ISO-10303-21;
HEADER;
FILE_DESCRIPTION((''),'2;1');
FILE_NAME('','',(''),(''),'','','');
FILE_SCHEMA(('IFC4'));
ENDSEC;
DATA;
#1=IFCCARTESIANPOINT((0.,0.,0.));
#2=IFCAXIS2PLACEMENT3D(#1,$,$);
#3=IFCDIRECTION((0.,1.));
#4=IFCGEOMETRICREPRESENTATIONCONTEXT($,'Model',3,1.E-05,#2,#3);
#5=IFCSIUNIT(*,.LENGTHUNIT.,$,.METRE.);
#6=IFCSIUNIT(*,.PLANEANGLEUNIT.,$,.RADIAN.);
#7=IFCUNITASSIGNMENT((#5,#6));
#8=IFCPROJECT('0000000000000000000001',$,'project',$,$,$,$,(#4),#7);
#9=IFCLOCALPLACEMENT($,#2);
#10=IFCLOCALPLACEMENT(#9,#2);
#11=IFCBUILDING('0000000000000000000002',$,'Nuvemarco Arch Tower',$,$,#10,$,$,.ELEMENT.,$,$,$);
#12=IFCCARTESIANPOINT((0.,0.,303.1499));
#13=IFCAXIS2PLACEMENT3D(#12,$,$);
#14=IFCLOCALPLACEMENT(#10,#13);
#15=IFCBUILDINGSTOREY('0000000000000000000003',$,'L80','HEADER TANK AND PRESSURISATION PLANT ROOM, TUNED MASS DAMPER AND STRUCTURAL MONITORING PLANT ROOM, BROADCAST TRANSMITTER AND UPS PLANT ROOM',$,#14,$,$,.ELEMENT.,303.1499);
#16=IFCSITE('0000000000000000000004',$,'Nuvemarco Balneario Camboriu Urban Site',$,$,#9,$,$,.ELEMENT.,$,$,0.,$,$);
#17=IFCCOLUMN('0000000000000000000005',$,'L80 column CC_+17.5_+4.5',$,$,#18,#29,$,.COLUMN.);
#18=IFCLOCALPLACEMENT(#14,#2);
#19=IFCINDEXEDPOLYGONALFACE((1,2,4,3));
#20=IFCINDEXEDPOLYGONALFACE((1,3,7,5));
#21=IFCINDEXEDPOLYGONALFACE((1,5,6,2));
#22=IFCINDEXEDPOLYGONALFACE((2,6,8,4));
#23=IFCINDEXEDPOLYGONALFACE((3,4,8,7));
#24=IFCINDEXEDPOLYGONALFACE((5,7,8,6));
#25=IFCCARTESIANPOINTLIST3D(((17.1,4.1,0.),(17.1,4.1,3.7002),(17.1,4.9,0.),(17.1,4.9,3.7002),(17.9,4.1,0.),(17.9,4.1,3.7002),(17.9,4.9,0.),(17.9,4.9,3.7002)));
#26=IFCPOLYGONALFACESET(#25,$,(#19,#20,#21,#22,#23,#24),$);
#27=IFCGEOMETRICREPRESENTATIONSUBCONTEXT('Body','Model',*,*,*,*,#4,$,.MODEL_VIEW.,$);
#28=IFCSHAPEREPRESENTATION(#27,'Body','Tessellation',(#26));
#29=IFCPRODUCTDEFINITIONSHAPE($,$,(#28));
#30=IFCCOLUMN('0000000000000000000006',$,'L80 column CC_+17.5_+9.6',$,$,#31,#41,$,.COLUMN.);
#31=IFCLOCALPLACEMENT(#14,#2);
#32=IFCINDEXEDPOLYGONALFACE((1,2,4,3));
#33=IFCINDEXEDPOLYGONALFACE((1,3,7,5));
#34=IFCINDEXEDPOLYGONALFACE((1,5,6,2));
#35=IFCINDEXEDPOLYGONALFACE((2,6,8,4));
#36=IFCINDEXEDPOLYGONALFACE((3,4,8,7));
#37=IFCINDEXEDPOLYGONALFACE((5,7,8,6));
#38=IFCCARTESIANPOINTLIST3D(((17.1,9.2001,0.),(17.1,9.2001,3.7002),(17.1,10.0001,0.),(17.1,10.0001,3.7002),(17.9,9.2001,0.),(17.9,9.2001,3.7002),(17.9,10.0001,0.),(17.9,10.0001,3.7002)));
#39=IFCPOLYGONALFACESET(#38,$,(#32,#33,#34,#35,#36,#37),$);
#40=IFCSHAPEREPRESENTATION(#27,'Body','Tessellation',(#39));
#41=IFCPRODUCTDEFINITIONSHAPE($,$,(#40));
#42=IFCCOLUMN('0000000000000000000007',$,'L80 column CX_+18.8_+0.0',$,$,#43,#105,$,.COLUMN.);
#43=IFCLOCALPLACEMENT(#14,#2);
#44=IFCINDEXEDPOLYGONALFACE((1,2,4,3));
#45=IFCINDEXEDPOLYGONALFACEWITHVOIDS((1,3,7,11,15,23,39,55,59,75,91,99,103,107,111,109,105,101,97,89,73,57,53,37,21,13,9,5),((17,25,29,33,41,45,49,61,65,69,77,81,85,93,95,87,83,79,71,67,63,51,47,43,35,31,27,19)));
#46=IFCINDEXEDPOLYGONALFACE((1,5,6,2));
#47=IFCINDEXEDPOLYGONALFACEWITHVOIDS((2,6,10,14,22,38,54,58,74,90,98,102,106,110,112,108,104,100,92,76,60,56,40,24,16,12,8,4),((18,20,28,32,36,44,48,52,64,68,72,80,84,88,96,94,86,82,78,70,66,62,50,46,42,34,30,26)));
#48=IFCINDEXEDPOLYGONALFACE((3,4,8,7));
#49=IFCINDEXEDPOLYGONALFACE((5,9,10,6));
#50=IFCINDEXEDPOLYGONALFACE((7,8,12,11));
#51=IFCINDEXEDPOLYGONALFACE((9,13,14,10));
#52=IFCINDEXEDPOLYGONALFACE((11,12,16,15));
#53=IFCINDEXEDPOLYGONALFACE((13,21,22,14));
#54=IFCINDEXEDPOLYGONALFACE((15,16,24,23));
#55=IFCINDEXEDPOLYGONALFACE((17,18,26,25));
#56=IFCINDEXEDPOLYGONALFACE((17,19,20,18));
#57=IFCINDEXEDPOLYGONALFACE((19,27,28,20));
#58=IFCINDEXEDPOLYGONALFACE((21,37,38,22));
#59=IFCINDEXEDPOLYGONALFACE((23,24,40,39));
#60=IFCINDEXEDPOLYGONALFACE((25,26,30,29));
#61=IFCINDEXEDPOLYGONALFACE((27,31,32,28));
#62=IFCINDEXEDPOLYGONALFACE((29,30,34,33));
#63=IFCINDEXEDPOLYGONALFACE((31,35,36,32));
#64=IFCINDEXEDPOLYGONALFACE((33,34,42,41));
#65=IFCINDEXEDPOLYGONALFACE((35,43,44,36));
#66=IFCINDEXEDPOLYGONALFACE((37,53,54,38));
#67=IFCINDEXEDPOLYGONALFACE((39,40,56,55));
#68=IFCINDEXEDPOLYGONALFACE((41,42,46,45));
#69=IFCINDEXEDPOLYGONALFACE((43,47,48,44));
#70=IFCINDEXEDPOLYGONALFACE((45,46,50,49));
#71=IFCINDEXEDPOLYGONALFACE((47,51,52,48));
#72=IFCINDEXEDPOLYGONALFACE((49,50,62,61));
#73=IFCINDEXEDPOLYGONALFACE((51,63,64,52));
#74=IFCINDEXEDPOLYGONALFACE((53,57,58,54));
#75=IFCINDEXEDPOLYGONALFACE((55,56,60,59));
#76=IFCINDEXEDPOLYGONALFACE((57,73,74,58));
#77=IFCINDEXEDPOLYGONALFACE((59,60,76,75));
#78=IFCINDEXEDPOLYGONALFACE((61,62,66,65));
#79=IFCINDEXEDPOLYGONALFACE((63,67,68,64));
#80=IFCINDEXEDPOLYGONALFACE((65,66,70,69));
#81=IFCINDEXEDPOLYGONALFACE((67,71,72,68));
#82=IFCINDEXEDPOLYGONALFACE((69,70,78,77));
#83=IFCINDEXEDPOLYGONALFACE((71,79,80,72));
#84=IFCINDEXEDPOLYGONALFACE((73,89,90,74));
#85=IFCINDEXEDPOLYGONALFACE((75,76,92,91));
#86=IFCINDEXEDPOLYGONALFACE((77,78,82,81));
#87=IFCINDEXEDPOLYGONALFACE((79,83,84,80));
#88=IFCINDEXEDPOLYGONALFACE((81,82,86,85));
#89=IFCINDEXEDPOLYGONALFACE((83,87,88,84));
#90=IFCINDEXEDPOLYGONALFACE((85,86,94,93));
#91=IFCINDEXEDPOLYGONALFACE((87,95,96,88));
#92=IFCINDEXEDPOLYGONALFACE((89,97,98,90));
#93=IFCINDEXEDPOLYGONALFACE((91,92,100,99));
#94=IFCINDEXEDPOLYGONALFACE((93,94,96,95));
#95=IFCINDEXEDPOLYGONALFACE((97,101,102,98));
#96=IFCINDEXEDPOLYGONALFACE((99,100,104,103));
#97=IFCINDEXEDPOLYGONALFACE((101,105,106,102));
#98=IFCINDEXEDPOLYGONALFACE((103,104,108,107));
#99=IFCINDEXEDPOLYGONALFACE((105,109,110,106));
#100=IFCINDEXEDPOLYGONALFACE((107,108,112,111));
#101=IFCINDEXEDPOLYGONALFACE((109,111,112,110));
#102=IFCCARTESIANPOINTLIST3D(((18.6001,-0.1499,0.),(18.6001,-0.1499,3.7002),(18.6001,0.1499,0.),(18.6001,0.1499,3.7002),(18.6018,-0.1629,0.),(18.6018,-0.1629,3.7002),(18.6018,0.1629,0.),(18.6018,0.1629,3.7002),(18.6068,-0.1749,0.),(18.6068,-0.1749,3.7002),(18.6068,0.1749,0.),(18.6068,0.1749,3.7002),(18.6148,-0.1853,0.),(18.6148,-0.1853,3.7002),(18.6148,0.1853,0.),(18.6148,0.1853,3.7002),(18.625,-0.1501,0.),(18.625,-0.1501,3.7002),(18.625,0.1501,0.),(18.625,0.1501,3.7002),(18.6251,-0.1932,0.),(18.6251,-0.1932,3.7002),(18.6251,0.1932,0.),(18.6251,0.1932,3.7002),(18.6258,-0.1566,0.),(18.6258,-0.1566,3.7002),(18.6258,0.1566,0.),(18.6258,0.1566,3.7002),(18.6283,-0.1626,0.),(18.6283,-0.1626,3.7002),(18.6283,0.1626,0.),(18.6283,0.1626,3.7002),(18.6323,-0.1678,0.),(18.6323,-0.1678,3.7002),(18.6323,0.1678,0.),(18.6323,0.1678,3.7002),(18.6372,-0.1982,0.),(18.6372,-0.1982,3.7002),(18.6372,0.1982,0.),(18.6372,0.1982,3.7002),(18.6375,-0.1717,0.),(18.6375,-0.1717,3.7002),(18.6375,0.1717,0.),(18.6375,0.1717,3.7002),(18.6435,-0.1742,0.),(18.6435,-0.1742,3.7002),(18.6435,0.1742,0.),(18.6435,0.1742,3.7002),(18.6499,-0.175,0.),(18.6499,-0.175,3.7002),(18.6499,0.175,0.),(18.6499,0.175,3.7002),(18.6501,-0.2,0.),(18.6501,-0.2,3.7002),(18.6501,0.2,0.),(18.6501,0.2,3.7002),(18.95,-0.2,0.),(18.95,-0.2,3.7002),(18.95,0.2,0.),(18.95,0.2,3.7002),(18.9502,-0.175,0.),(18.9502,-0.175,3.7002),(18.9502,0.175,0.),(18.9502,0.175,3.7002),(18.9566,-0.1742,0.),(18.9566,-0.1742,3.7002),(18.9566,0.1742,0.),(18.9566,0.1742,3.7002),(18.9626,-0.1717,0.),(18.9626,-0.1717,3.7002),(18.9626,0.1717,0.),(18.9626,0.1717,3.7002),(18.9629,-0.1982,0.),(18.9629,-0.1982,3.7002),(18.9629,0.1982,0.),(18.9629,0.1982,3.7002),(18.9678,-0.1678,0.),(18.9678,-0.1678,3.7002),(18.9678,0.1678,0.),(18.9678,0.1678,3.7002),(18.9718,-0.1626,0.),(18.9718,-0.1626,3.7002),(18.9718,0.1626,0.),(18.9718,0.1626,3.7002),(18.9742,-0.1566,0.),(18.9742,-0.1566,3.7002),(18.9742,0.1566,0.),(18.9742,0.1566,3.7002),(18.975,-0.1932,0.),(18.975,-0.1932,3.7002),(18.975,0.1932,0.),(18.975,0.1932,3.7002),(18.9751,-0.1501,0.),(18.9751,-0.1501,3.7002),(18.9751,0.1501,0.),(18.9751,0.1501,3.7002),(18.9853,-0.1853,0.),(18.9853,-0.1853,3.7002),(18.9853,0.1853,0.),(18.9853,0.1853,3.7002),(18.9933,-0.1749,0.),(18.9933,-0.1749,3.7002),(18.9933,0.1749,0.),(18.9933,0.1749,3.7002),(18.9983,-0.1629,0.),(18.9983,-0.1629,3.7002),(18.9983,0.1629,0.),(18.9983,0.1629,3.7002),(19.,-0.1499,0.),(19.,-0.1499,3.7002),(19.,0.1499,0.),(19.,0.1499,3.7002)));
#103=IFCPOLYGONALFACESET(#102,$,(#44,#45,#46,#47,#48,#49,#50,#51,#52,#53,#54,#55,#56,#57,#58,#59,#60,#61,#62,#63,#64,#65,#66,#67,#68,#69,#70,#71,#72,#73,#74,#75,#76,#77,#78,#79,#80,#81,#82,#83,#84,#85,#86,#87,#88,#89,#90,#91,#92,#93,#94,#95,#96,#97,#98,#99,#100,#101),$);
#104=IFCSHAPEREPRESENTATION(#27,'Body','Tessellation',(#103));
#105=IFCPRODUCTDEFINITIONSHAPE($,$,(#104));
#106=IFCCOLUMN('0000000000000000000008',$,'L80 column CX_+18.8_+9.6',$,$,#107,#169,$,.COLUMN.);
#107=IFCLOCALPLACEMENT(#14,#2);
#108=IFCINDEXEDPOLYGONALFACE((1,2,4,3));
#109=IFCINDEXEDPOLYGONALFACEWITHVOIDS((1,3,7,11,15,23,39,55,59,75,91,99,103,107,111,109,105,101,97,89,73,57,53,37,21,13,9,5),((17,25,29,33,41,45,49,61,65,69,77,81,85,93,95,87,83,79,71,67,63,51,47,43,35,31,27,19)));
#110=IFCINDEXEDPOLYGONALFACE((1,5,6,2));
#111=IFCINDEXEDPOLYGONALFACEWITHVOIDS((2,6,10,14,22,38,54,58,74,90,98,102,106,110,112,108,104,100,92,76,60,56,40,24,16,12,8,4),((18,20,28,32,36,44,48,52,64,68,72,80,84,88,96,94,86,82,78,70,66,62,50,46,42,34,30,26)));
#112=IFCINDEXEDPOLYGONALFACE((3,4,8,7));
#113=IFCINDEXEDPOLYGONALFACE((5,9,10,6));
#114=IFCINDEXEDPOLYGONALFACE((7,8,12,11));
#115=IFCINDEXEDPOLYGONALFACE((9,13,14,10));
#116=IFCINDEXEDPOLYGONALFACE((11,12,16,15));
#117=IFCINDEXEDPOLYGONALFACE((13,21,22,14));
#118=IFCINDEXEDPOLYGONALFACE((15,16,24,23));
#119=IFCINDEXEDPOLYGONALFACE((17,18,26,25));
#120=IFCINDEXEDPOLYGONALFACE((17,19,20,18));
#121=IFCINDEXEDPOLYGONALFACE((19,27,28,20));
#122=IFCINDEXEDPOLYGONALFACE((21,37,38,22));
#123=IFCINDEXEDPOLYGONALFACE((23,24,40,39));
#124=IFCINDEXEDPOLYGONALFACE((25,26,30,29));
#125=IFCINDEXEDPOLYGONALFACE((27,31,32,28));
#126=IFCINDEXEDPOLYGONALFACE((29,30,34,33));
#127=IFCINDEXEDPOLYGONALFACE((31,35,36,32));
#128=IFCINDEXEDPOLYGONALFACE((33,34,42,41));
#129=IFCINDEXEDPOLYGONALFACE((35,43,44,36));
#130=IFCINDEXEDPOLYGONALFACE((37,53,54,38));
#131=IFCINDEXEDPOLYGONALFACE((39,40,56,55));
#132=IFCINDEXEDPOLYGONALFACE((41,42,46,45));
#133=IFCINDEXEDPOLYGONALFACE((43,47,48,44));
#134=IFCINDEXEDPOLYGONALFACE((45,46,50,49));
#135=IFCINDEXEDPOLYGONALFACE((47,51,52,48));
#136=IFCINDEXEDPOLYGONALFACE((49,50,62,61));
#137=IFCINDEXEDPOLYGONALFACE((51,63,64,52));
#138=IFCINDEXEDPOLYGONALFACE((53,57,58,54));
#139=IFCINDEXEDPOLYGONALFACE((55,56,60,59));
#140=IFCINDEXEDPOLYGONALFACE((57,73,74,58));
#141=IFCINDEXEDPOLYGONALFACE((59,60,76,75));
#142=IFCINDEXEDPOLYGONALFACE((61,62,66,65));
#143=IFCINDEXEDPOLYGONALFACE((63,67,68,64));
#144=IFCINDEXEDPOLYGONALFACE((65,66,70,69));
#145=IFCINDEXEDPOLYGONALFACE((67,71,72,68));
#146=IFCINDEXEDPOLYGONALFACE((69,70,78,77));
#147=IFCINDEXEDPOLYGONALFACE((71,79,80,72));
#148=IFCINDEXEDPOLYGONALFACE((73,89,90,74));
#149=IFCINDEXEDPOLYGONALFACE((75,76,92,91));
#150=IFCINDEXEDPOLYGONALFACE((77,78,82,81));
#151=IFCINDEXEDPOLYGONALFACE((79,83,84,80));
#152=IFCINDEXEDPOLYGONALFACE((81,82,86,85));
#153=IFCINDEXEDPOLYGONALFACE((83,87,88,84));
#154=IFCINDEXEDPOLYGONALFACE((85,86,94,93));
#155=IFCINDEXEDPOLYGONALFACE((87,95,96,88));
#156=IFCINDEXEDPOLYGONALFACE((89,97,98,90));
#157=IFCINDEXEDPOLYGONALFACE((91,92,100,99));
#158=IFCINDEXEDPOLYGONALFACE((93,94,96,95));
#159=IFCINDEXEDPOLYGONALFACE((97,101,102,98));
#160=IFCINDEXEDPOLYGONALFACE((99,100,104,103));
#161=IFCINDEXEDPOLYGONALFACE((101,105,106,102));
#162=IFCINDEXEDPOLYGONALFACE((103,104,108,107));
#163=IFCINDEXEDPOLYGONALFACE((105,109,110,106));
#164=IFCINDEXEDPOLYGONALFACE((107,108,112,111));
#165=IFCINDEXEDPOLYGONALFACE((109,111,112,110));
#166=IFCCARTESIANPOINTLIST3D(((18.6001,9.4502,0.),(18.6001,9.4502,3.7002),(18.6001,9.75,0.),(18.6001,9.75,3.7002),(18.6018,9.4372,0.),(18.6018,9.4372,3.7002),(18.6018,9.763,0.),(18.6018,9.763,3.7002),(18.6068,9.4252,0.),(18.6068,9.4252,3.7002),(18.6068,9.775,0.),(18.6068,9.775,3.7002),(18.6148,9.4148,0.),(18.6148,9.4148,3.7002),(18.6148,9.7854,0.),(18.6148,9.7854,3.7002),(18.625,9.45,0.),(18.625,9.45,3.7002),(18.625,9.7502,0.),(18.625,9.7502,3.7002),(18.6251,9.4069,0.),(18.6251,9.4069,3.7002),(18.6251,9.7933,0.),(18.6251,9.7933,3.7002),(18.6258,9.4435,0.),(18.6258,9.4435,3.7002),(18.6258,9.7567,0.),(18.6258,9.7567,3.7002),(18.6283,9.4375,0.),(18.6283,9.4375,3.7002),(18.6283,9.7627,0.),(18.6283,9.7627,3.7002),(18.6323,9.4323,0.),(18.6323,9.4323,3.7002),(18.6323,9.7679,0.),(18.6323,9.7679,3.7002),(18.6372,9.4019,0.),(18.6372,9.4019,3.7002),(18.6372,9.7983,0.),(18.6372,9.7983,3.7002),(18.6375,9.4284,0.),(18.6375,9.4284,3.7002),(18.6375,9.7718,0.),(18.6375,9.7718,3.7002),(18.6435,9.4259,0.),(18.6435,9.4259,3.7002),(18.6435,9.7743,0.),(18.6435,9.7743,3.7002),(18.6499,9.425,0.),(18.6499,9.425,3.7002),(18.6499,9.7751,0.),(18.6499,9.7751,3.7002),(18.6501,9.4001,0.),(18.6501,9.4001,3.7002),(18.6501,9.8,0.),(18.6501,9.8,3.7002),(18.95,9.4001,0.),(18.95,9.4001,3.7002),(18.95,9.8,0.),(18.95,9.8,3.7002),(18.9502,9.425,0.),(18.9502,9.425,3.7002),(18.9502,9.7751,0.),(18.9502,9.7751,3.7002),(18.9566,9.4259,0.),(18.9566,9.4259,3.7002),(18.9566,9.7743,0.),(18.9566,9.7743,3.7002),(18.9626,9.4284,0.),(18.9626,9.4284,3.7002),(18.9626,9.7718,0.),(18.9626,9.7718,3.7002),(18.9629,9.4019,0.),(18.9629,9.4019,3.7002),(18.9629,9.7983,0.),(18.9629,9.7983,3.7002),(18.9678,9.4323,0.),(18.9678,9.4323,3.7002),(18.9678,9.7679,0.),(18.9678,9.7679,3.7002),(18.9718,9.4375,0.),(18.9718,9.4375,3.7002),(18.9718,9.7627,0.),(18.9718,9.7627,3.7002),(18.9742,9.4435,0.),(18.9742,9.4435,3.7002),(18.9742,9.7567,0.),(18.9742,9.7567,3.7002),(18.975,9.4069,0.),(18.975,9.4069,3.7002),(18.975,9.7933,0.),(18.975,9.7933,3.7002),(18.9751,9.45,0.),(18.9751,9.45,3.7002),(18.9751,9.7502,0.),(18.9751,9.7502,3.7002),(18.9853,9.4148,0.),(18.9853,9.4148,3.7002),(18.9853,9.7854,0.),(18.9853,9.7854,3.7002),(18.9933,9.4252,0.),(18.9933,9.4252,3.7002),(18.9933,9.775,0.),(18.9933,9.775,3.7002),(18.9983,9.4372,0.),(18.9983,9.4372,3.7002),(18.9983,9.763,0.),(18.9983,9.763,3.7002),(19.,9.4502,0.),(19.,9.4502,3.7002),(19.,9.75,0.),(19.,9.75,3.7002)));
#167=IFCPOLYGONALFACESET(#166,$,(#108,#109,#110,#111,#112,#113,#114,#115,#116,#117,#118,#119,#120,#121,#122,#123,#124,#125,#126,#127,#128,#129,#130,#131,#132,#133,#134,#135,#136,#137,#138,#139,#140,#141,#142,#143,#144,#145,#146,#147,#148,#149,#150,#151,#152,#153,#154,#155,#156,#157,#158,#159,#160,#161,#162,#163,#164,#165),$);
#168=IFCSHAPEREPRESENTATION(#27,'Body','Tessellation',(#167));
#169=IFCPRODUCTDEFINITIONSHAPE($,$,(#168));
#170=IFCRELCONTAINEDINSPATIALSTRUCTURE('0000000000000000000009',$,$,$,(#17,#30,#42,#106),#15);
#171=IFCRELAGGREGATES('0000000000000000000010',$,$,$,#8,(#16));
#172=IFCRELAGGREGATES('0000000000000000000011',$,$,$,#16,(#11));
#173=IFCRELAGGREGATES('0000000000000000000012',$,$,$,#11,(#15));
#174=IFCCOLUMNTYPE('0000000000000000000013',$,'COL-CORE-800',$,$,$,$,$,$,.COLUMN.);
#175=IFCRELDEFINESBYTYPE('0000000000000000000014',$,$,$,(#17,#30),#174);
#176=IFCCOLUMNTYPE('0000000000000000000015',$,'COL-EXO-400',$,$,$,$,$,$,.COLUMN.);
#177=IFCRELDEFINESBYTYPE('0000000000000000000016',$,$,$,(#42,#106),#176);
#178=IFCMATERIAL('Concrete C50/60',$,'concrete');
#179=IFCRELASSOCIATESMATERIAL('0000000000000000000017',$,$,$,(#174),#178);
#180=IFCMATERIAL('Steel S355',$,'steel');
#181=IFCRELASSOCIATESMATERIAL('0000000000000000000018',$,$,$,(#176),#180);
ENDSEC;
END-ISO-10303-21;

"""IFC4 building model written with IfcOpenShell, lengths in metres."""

from ifc_helpers import new_model, si_unit, direction, frame, origin, origin_2d, place, context, subcontext, project, spatial, rectangle, hollow_rectangle, extrude, material, material_profile, profile_set, type_object, element, save


model = new_model("IFC4")

# Units and contexts
model_context = context("Model", 3, precision=1e-05, world=origin(), true_north=direction((0.0, 1.0)))
body_context = subcontext(model_context, "Body", "Model", "MODEL_VIEW")
ifc_project = project(units=[si_unit("LENGTHUNIT", "METRE"), si_unit("PLANEANGLEUNIT", "RADIAN")], contexts=[model_context])

# Site, building, storey
site_placement = place(None, origin())
site = spatial("IfcSite", under=ifc_project, at=site_placement, Name="Nuvemarco Balneario Camboriu Urban Site", CompositionType="ELEMENT", RefElevation=0.0)
building_placement = place(site_placement, origin())
building = spatial("IfcBuilding", under=site, at=building_placement, Name="Nuvemarco Arch Tower", CompositionType="ELEMENT")
storey_placement = place(building_placement, frame((0.0, 0.0, 303.1499)))
storey = spatial("IfcBuildingStorey", under=building, at=storey_placement, Name="L80", Description="HEADER TANK AND PRESSURISATION PLANT ROOM, TUNED MASS DAMPER AND STRUCTURAL MONITORING PLANT ROOM, BROADCAST TRANSMITTER AND UPS PLANT ROOM", CompositionType="ELEMENT", Elevation=303.1499)

# Columns
ifc_material_1 = material(Name="Concrete C50/60", Category="concrete")
ifc_material_profile_1 = material_profile(ifc_material_1, rectangle(XDim=0.8, YDim=0.8, at=origin_2d()), Name="RC-COL-800x800")
ifc_profile_set_1 = profile_set([ifc_material_profile_1], Name="Concrete C50/60")
column_type_1 = type_object("IfcColumnType", Name="COL-CORE-800", PredefinedType="COLUMN", material=ifc_profile_set_1)
for number, where, z_axis, x_axis, name in (
    (1, (17.5, 4.5, 0.0), (0.0, 0.0, 1.0), (1.0, 0.0, 0.0), "L80 column CC_+17.5_+4.5"),
    (2, (17.5, 9.6001, 0.0), (0.0, 0.0, 1.0), (1.0, 0.0, 0.0), "L80 column CC_+17.5_+9.6"),
):
    element("IfcColumn", number, at=place(storey_placement, frame(where, z_axis=z_axis, x_axis=x_axis)), inside=storey, type_object=column_type_1, Name=name, PredefinedType="COLUMN", context=body_context, shape_type="SweptSolid", body=[
        extrude(rectangle(XDim=0.8, YDim=0.8, at=origin_2d()), origin(), (0.0, 0.0, 1.0), 3.7002),
    ])
ifc_material_2 = material(Name="Steel S355", Category="steel")
ifc_material_profile_2 = material_profile(ifc_material_2, hollow_rectangle(XDim=0.3999, YDim=0.3999, WallThickness=0.0249, InnerFilletRadius=0.0249, OuterFilletRadius=0.05, at=origin_2d()), Name="SHS400x400x25")
ifc_profile_set_2 = profile_set([ifc_material_profile_2], Name="Steel S355")
column_type_2 = type_object("IfcColumnType", Name="COL-EXO-400", PredefinedType="COLUMN", material=ifc_profile_set_2)
for number, where, z_axis, x_axis, name in (
    (3, (18.8, 0.0, 0.0), (0.0, 0.0, 1.0), (1.0, 0.0, 0.0), "L80 column CX_+18.8_+0.0"),
    (4, (18.8, 9.6001, 0.0), (0.0, 0.0, 1.0), (1.0, 0.0, 0.0), "L80 column CX_+18.8_+9.6"),
):
    element("IfcColumn", number, at=place(storey_placement, frame(where, z_axis=z_axis, x_axis=x_axis)), inside=storey, type_object=column_type_2, Name=name, PredefinedType="COLUMN", context=body_context, shape_type="SweptSolid", body=[
        extrude(hollow_rectangle(XDim=0.3999, YDim=0.3999, WallThickness=0.0249, InnerFilletRadius=0.0249, OuterFilletRadius=0.05, at=origin_2d()), origin(), (0.0, 0.0, 1.0), 3.7002),
    ])

save(model, "model.ifc")
